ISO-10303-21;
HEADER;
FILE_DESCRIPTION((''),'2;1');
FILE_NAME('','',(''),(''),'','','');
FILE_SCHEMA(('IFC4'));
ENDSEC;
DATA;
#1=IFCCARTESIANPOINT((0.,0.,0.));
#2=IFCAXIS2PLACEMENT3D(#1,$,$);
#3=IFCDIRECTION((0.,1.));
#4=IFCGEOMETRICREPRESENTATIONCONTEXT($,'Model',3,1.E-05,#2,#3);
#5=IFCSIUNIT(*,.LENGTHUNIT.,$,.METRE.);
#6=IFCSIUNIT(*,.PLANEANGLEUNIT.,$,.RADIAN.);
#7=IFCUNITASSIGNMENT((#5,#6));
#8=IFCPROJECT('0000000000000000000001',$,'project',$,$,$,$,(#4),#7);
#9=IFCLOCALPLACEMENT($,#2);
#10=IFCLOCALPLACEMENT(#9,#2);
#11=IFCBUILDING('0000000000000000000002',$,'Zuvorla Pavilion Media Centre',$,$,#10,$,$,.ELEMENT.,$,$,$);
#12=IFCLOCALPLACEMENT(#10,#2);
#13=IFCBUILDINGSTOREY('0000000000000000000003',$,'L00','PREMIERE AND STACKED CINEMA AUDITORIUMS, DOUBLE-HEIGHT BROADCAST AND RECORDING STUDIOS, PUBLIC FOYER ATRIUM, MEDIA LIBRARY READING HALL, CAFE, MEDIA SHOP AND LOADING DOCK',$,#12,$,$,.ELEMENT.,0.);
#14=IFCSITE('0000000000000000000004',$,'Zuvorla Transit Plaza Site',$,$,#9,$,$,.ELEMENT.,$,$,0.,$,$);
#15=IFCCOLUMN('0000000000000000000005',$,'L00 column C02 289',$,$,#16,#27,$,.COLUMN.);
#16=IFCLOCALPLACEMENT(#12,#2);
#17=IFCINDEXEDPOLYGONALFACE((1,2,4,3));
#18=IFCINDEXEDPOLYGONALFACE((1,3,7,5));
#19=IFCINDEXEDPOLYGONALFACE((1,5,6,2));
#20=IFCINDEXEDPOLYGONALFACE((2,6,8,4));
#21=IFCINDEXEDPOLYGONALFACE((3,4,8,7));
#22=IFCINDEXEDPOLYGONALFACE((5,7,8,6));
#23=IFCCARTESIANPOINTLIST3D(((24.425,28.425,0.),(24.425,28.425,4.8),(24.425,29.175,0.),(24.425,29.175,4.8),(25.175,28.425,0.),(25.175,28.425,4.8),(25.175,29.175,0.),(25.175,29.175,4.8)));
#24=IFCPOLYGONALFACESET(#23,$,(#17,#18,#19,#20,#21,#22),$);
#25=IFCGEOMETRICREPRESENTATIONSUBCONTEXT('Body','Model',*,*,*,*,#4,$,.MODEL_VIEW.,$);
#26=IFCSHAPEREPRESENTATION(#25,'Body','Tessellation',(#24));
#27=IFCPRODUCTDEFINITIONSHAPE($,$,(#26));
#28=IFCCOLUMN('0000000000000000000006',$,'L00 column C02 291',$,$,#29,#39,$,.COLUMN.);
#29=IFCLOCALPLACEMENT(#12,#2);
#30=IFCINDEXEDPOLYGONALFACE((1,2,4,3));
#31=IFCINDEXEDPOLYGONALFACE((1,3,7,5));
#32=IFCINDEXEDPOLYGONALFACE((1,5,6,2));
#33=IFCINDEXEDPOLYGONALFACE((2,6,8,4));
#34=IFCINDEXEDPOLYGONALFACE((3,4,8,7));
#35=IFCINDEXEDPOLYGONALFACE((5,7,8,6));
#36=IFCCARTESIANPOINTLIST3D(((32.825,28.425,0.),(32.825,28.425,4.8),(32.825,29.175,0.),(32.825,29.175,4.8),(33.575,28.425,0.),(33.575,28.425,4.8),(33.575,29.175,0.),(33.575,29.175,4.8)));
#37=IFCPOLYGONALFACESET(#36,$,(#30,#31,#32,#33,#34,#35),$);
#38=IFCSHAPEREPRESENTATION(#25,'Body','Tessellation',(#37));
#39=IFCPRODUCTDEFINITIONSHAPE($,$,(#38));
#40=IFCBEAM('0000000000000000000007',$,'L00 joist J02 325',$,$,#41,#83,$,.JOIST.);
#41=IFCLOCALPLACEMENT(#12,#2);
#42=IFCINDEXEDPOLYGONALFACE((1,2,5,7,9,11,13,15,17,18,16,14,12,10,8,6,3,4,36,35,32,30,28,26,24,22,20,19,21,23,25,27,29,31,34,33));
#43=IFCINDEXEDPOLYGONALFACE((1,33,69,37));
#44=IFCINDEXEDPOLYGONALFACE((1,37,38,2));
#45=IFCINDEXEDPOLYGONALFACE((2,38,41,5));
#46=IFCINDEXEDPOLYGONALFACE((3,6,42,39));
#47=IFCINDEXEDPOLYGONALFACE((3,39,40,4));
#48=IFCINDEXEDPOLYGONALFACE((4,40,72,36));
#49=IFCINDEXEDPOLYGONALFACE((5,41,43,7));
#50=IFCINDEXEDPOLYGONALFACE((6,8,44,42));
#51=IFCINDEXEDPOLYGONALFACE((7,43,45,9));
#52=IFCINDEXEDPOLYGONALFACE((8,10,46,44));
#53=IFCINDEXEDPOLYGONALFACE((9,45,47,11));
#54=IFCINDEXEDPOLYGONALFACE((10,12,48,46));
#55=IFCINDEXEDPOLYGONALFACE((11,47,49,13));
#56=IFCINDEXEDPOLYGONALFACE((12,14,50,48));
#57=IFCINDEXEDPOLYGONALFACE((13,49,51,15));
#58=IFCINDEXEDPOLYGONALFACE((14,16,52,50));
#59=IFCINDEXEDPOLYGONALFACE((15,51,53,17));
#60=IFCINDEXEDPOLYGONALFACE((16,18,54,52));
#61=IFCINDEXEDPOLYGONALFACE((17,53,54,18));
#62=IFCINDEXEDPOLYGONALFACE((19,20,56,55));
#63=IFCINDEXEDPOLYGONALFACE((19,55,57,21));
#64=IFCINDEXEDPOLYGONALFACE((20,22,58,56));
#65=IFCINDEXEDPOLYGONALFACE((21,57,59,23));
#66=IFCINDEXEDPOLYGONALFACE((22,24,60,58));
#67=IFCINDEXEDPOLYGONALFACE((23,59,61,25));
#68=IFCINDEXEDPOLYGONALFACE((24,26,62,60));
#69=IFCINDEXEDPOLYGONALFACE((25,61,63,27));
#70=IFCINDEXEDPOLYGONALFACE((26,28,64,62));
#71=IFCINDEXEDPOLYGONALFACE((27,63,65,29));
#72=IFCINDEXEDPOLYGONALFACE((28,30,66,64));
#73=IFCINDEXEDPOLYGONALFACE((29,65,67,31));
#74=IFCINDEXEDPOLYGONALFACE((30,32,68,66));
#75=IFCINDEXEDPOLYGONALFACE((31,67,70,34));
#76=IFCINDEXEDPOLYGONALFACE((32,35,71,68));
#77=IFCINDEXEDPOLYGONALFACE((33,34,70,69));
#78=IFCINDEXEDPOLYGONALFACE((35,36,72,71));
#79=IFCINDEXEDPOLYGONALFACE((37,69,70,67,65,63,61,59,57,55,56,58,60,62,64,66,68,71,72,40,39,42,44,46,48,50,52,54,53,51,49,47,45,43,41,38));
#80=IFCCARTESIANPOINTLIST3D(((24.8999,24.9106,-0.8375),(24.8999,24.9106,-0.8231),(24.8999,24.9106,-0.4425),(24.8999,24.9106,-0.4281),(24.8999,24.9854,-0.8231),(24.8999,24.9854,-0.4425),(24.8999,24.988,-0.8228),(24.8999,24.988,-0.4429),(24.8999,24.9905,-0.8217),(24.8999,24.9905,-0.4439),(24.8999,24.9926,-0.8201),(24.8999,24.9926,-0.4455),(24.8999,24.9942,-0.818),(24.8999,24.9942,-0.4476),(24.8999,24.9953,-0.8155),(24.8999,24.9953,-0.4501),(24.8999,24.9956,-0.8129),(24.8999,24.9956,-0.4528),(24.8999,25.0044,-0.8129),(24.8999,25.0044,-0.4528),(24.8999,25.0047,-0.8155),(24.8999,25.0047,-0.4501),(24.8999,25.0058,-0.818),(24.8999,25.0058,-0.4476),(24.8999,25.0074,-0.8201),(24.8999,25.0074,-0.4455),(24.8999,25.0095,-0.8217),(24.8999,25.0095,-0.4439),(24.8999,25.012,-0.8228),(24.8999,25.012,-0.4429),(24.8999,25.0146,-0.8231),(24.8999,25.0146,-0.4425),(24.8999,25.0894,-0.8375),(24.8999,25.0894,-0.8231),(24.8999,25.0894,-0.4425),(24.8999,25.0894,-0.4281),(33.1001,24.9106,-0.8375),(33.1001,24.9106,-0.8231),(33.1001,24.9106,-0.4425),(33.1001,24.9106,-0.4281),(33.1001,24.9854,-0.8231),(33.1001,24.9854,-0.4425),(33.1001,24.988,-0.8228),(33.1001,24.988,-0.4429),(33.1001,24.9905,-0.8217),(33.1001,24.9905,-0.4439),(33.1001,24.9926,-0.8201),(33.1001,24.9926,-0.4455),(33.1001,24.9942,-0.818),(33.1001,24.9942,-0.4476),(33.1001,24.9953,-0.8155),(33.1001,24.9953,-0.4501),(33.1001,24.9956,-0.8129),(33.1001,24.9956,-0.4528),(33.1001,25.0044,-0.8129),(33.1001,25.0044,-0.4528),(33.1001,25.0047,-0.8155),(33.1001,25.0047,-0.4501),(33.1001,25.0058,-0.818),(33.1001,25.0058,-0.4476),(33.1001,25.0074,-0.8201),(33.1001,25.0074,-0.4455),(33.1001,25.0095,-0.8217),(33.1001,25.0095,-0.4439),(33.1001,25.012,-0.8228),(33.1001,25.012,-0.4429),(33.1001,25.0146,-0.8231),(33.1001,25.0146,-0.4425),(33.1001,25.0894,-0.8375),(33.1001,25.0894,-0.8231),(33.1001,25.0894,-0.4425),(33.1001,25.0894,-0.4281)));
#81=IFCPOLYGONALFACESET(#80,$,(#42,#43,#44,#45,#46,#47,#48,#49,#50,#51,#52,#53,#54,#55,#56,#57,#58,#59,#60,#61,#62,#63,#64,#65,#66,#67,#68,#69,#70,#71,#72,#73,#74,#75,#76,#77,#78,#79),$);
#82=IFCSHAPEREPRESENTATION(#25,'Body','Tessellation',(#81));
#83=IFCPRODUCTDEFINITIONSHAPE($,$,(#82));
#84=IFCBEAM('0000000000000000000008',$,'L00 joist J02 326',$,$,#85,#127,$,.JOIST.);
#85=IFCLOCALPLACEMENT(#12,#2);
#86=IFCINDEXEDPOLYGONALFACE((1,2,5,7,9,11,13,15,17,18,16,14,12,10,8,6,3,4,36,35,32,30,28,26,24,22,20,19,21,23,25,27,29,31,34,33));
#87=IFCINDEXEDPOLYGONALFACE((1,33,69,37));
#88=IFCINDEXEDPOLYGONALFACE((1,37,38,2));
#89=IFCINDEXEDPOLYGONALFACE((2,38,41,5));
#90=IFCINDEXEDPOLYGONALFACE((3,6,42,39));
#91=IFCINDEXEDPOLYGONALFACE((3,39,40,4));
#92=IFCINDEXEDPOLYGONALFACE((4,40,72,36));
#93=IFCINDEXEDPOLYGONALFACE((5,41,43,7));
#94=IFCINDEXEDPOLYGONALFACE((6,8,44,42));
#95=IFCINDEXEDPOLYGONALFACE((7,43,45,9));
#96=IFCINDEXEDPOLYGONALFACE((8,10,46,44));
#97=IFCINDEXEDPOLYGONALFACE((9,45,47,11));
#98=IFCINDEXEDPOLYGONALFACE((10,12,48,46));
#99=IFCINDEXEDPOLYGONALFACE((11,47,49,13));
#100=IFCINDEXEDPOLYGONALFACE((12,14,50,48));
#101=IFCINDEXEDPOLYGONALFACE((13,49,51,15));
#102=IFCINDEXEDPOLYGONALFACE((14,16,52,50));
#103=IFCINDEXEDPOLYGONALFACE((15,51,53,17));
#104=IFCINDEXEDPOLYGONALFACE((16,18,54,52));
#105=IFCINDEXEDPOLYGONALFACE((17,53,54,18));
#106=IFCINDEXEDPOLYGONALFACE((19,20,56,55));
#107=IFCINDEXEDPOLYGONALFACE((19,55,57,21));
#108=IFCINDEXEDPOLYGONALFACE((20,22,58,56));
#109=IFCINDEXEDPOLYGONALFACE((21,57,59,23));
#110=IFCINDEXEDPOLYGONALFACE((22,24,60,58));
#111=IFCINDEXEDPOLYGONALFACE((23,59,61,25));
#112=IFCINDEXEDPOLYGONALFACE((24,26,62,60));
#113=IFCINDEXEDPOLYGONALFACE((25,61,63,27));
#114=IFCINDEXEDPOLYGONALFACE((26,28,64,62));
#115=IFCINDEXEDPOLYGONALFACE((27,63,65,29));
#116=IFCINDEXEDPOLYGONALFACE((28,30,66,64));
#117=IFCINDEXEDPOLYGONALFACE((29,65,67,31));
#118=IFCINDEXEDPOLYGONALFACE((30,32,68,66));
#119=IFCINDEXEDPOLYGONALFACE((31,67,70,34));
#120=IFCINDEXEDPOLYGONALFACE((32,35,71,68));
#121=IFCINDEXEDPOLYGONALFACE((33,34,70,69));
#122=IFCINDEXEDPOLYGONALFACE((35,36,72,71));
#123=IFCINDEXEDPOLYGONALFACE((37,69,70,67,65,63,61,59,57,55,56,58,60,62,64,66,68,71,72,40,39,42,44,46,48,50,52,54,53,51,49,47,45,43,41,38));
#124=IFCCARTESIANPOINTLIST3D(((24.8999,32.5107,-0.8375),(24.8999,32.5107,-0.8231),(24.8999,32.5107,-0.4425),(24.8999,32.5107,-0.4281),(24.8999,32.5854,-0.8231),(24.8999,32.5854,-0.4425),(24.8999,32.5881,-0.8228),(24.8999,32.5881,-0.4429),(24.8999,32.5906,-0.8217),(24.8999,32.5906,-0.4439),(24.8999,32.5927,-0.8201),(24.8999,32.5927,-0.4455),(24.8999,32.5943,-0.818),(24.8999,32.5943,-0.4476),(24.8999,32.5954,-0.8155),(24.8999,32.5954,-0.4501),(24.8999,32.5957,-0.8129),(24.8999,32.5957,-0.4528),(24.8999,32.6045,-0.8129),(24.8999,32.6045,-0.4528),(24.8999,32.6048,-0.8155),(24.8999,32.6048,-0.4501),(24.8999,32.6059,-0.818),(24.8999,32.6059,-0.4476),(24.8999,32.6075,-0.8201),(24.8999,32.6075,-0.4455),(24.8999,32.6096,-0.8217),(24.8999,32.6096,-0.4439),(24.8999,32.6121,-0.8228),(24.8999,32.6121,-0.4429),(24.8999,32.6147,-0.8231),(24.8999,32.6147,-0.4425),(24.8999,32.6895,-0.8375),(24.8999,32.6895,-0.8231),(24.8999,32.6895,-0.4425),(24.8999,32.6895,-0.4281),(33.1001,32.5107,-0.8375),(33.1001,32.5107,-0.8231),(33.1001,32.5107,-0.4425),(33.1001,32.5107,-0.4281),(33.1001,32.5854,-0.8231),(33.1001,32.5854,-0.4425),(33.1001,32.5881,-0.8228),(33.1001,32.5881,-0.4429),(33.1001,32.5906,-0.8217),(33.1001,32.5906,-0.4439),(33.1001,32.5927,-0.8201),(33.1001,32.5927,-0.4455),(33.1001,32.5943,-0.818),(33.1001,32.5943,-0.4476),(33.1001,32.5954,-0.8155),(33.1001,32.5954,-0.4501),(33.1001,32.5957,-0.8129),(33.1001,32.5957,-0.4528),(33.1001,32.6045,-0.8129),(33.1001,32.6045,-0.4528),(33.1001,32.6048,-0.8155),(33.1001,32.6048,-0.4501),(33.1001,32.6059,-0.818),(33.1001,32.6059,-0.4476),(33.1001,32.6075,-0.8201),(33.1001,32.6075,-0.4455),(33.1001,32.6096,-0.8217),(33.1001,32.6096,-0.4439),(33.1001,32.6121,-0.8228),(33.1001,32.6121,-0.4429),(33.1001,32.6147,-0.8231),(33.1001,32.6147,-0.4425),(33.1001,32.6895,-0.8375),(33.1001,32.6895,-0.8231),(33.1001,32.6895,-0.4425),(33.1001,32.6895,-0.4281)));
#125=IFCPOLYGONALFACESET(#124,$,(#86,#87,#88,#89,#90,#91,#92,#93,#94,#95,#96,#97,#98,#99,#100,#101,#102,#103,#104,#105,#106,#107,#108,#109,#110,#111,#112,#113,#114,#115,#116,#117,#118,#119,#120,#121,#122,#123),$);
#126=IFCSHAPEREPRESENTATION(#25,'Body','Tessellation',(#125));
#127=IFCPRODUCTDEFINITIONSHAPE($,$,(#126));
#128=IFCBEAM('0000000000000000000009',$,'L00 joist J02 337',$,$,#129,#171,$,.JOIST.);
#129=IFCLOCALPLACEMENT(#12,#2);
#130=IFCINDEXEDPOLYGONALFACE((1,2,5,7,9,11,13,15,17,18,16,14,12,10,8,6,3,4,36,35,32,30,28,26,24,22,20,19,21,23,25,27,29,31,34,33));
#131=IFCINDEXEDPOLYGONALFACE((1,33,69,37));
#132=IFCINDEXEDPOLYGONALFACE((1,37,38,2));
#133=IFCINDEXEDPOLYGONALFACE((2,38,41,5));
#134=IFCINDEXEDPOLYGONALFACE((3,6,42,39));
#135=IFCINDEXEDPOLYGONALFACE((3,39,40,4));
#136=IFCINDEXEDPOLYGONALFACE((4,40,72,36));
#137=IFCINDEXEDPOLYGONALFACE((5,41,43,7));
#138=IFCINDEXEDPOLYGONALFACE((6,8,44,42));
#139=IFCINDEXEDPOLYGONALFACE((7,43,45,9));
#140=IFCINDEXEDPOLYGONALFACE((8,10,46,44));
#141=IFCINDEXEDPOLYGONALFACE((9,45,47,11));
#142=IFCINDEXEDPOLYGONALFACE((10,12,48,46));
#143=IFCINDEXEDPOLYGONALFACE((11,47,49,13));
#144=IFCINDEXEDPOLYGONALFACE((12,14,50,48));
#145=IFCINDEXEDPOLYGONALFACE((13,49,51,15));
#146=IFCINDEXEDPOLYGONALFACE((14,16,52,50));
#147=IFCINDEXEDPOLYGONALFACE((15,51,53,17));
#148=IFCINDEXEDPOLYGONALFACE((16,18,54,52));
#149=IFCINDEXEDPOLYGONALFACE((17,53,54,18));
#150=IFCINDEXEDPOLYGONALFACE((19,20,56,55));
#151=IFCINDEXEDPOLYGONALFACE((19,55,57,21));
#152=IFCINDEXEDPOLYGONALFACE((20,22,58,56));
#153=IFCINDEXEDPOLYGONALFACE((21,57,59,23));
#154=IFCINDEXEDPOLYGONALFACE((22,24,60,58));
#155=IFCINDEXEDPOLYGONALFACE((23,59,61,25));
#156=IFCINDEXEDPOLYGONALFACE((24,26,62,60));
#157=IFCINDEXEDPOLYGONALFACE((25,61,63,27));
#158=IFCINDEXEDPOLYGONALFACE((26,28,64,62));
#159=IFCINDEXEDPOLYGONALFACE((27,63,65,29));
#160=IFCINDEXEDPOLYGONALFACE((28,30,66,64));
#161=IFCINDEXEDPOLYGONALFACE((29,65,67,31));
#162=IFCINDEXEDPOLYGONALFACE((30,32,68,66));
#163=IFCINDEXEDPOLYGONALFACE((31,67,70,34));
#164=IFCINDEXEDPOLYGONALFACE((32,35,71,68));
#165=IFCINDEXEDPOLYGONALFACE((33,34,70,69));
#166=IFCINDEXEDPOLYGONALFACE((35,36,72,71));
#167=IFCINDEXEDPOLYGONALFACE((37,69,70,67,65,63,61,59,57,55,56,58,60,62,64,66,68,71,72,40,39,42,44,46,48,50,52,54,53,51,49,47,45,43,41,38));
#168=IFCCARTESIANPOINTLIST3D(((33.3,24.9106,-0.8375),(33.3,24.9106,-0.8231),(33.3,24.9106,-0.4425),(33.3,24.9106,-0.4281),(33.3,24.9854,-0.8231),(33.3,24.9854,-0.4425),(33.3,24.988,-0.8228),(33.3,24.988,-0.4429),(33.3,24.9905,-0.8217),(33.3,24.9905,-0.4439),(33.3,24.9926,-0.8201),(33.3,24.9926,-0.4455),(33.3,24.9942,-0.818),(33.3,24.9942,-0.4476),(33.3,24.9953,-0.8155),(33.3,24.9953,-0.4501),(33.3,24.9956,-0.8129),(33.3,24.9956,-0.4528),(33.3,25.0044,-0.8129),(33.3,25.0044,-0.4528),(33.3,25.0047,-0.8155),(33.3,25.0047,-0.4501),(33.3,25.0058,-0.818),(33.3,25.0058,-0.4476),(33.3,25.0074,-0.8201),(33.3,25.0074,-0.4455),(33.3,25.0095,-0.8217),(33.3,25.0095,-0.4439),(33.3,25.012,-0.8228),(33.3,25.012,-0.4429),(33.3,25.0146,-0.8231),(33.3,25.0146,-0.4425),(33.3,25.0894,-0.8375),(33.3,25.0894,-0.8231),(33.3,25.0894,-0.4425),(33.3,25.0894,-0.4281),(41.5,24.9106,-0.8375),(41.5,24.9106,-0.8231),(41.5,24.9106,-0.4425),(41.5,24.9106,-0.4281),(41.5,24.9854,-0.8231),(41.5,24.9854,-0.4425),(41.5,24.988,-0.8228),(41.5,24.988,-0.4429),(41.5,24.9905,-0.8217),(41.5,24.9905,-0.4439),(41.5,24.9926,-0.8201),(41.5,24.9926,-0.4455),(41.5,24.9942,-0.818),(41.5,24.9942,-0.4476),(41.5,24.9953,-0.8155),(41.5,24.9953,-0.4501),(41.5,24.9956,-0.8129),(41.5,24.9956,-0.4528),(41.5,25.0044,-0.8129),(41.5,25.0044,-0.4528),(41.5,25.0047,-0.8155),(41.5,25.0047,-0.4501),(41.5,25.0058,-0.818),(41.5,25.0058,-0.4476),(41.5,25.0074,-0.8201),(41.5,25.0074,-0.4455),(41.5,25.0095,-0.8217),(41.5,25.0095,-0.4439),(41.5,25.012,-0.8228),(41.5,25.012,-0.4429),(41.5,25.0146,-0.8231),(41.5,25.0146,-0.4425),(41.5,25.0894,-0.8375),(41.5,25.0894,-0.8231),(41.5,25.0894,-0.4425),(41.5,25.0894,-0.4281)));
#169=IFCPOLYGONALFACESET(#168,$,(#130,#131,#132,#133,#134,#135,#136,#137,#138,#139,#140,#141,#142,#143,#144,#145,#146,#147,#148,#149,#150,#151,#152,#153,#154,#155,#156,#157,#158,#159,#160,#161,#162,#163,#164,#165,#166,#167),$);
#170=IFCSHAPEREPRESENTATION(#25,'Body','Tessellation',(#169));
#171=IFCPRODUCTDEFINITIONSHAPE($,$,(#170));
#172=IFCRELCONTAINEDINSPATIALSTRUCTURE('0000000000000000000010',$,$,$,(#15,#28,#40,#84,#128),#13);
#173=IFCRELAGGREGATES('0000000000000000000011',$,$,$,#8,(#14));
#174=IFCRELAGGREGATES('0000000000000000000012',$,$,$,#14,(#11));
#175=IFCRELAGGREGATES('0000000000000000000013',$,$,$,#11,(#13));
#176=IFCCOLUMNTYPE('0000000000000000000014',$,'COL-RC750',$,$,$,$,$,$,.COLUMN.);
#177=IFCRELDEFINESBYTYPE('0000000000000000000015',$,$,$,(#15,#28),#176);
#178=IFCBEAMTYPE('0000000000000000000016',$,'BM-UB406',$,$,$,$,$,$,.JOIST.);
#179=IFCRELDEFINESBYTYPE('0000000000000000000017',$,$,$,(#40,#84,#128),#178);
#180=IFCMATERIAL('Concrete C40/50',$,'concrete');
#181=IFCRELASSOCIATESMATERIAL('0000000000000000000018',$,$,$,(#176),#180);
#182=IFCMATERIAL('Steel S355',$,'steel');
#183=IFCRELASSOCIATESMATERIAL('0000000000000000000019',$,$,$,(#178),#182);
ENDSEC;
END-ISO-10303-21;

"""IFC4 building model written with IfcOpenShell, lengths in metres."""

from ifc_helpers import new_model, si_unit, direction, frame, origin, origin_2d, place, context, subcontext, project, spatial, rectangle, i_section, extrude, material, material_profile, profile_set, type_object, element, save


model = new_model("IFC4")

# Units and contexts
model_context = context("Model", 3, precision=1e-05, world=origin(), true_north=direction((0.0, 1.0)))
body_context = subcontext(model_context, "Body", "Model", "MODEL_VIEW")
ifc_project = project(units=[si_unit("LENGTHUNIT", "METRE"), si_unit("PLANEANGLEUNIT", "RADIAN")], contexts=[model_context])

# Site, building, storey
site_placement = place(None, origin())
site = spatial("IfcSite", under=ifc_project, at=site_placement, Name="Zuvorla Transit Plaza Site", CompositionType="ELEMENT", RefElevation=0.0)
building_placement = place(site_placement, origin())
building = spatial("IfcBuilding", under=site, at=building_placement, Name="Zuvorla Pavilion Media Centre", CompositionType="ELEMENT")
storey_placement = place(building_placement, origin())
storey = spatial("IfcBuildingStorey", under=building, at=storey_placement, Name="L00", Description="PREMIERE AND STACKED CINEMA AUDITORIUMS, DOUBLE-HEIGHT BROADCAST AND RECORDING STUDIOS, PUBLIC FOYER ATRIUM, MEDIA LIBRARY READING HALL, CAFE, MEDIA SHOP AND LOADING DOCK", CompositionType="ELEMENT", Elevation=0.0)

# Columns
ifc_material_1 = material(Name="Concrete C40/50", Category="concrete")
ifc_material_profile_1 = material_profile(ifc_material_1, rectangle(XDim=0.75, YDim=0.75, at=origin_2d()), Name="RC 750x750")
ifc_profile_set_1 = profile_set([ifc_material_profile_1], Name="Concrete C40/50")
column_type = type_object("IfcColumnType", Name="COL-RC750", PredefinedType="COLUMN", material=ifc_profile_set_1)
for number, where, z_axis, x_axis, name in (
    (1, (24.8, 28.8, 0.0), (0.0, 0.0, 1.0), (1.0, 0.0, 0.0), "L00 column C02 289"),
    (2, (33.2, 28.8, 0.0), (0.0, 0.0, 1.0), (1.0, 0.0, 0.0), "L00 column C02 291"),
):
    element("IfcColumn", number, at=place(storey_placement, frame(where, z_axis=z_axis, x_axis=x_axis)), inside=storey, type_object=column_type, Name=name, PredefinedType="COLUMN", context=body_context, shape_type="SweptSolid", body=[
        extrude(rectangle(XDim=0.75, YDim=0.75, at=origin_2d()), origin(), (0.0, 0.0, 1.0), 4.8),
    ])

# Beams
ifc_material_2 = material(Name="Steel S355", Category="steel")
ifc_material_profile_2 = material_profile(ifc_material_2, i_section(OverallWidth=0.1787, OverallDepth=0.4094, WebThickness=0.0088, FlangeThickness=0.0144, FilletRadius=0.0103, at=origin_2d()), Name="UB 406x178x67")
ifc_profile_set_2 = profile_set([ifc_material_profile_2], Name="Steel S355")
beam_type_1 = type_object("IfcBeamType", Name="BM-UB406", PredefinedType="JOIST", material=ifc_profile_set_2)
for number, where, z_axis, x_axis, name in (
    (3, (24.8999, 25.0, -0.6328), (1.0, 0.0, 0.0), (0.0, 1.0, 0.0), "L00 joist J02 325"),
    (4, (24.8999, 32.6001, -0.6328), (1.0, 0.0, 0.0), (0.0, 1.0, 0.0), "L00 joist J02 326"),
):
    element("IfcBeam", number, at=place(storey_placement, frame(where, z_axis=z_axis, x_axis=x_axis)), inside=storey, type_object=beam_type_1, Name=name, PredefinedType="JOIST", context=body_context, shape_type="SweptSolid", body=[
        extrude(i_section(OverallWidth=0.1787, OverallDepth=0.4094, WebThickness=0.0088, FlangeThickness=0.0144, FilletRadius=0.0103, at=origin_2d()), origin(), (0.0, 0.0, 1.0), 8.2002),
    ])
for number, where, z_axis, x_axis, name in (
    (5, (33.3, 25.0, -0.6328), (1.0, 0.0, 0.0), (0.0, 1.0, 0.0), "L00 joist J02 337"),
):
    element("IfcBeam", number, at=place(storey_placement, frame(where, z_axis=z_axis, x_axis=x_axis)), inside=storey, type_object=beam_type_1, Name=name, PredefinedType="JOIST", context=body_context, shape_type="SweptSolid", body=[
        extrude(i_section(OverallWidth=0.1787, OverallDepth=0.4094, WebThickness=0.0088, FlangeThickness=0.0144, FilletRadius=0.0103, at=origin_2d()), origin(), (0.0, 0.0, 1.0), 8.2),
    ])

save(model, "model.ifc")
